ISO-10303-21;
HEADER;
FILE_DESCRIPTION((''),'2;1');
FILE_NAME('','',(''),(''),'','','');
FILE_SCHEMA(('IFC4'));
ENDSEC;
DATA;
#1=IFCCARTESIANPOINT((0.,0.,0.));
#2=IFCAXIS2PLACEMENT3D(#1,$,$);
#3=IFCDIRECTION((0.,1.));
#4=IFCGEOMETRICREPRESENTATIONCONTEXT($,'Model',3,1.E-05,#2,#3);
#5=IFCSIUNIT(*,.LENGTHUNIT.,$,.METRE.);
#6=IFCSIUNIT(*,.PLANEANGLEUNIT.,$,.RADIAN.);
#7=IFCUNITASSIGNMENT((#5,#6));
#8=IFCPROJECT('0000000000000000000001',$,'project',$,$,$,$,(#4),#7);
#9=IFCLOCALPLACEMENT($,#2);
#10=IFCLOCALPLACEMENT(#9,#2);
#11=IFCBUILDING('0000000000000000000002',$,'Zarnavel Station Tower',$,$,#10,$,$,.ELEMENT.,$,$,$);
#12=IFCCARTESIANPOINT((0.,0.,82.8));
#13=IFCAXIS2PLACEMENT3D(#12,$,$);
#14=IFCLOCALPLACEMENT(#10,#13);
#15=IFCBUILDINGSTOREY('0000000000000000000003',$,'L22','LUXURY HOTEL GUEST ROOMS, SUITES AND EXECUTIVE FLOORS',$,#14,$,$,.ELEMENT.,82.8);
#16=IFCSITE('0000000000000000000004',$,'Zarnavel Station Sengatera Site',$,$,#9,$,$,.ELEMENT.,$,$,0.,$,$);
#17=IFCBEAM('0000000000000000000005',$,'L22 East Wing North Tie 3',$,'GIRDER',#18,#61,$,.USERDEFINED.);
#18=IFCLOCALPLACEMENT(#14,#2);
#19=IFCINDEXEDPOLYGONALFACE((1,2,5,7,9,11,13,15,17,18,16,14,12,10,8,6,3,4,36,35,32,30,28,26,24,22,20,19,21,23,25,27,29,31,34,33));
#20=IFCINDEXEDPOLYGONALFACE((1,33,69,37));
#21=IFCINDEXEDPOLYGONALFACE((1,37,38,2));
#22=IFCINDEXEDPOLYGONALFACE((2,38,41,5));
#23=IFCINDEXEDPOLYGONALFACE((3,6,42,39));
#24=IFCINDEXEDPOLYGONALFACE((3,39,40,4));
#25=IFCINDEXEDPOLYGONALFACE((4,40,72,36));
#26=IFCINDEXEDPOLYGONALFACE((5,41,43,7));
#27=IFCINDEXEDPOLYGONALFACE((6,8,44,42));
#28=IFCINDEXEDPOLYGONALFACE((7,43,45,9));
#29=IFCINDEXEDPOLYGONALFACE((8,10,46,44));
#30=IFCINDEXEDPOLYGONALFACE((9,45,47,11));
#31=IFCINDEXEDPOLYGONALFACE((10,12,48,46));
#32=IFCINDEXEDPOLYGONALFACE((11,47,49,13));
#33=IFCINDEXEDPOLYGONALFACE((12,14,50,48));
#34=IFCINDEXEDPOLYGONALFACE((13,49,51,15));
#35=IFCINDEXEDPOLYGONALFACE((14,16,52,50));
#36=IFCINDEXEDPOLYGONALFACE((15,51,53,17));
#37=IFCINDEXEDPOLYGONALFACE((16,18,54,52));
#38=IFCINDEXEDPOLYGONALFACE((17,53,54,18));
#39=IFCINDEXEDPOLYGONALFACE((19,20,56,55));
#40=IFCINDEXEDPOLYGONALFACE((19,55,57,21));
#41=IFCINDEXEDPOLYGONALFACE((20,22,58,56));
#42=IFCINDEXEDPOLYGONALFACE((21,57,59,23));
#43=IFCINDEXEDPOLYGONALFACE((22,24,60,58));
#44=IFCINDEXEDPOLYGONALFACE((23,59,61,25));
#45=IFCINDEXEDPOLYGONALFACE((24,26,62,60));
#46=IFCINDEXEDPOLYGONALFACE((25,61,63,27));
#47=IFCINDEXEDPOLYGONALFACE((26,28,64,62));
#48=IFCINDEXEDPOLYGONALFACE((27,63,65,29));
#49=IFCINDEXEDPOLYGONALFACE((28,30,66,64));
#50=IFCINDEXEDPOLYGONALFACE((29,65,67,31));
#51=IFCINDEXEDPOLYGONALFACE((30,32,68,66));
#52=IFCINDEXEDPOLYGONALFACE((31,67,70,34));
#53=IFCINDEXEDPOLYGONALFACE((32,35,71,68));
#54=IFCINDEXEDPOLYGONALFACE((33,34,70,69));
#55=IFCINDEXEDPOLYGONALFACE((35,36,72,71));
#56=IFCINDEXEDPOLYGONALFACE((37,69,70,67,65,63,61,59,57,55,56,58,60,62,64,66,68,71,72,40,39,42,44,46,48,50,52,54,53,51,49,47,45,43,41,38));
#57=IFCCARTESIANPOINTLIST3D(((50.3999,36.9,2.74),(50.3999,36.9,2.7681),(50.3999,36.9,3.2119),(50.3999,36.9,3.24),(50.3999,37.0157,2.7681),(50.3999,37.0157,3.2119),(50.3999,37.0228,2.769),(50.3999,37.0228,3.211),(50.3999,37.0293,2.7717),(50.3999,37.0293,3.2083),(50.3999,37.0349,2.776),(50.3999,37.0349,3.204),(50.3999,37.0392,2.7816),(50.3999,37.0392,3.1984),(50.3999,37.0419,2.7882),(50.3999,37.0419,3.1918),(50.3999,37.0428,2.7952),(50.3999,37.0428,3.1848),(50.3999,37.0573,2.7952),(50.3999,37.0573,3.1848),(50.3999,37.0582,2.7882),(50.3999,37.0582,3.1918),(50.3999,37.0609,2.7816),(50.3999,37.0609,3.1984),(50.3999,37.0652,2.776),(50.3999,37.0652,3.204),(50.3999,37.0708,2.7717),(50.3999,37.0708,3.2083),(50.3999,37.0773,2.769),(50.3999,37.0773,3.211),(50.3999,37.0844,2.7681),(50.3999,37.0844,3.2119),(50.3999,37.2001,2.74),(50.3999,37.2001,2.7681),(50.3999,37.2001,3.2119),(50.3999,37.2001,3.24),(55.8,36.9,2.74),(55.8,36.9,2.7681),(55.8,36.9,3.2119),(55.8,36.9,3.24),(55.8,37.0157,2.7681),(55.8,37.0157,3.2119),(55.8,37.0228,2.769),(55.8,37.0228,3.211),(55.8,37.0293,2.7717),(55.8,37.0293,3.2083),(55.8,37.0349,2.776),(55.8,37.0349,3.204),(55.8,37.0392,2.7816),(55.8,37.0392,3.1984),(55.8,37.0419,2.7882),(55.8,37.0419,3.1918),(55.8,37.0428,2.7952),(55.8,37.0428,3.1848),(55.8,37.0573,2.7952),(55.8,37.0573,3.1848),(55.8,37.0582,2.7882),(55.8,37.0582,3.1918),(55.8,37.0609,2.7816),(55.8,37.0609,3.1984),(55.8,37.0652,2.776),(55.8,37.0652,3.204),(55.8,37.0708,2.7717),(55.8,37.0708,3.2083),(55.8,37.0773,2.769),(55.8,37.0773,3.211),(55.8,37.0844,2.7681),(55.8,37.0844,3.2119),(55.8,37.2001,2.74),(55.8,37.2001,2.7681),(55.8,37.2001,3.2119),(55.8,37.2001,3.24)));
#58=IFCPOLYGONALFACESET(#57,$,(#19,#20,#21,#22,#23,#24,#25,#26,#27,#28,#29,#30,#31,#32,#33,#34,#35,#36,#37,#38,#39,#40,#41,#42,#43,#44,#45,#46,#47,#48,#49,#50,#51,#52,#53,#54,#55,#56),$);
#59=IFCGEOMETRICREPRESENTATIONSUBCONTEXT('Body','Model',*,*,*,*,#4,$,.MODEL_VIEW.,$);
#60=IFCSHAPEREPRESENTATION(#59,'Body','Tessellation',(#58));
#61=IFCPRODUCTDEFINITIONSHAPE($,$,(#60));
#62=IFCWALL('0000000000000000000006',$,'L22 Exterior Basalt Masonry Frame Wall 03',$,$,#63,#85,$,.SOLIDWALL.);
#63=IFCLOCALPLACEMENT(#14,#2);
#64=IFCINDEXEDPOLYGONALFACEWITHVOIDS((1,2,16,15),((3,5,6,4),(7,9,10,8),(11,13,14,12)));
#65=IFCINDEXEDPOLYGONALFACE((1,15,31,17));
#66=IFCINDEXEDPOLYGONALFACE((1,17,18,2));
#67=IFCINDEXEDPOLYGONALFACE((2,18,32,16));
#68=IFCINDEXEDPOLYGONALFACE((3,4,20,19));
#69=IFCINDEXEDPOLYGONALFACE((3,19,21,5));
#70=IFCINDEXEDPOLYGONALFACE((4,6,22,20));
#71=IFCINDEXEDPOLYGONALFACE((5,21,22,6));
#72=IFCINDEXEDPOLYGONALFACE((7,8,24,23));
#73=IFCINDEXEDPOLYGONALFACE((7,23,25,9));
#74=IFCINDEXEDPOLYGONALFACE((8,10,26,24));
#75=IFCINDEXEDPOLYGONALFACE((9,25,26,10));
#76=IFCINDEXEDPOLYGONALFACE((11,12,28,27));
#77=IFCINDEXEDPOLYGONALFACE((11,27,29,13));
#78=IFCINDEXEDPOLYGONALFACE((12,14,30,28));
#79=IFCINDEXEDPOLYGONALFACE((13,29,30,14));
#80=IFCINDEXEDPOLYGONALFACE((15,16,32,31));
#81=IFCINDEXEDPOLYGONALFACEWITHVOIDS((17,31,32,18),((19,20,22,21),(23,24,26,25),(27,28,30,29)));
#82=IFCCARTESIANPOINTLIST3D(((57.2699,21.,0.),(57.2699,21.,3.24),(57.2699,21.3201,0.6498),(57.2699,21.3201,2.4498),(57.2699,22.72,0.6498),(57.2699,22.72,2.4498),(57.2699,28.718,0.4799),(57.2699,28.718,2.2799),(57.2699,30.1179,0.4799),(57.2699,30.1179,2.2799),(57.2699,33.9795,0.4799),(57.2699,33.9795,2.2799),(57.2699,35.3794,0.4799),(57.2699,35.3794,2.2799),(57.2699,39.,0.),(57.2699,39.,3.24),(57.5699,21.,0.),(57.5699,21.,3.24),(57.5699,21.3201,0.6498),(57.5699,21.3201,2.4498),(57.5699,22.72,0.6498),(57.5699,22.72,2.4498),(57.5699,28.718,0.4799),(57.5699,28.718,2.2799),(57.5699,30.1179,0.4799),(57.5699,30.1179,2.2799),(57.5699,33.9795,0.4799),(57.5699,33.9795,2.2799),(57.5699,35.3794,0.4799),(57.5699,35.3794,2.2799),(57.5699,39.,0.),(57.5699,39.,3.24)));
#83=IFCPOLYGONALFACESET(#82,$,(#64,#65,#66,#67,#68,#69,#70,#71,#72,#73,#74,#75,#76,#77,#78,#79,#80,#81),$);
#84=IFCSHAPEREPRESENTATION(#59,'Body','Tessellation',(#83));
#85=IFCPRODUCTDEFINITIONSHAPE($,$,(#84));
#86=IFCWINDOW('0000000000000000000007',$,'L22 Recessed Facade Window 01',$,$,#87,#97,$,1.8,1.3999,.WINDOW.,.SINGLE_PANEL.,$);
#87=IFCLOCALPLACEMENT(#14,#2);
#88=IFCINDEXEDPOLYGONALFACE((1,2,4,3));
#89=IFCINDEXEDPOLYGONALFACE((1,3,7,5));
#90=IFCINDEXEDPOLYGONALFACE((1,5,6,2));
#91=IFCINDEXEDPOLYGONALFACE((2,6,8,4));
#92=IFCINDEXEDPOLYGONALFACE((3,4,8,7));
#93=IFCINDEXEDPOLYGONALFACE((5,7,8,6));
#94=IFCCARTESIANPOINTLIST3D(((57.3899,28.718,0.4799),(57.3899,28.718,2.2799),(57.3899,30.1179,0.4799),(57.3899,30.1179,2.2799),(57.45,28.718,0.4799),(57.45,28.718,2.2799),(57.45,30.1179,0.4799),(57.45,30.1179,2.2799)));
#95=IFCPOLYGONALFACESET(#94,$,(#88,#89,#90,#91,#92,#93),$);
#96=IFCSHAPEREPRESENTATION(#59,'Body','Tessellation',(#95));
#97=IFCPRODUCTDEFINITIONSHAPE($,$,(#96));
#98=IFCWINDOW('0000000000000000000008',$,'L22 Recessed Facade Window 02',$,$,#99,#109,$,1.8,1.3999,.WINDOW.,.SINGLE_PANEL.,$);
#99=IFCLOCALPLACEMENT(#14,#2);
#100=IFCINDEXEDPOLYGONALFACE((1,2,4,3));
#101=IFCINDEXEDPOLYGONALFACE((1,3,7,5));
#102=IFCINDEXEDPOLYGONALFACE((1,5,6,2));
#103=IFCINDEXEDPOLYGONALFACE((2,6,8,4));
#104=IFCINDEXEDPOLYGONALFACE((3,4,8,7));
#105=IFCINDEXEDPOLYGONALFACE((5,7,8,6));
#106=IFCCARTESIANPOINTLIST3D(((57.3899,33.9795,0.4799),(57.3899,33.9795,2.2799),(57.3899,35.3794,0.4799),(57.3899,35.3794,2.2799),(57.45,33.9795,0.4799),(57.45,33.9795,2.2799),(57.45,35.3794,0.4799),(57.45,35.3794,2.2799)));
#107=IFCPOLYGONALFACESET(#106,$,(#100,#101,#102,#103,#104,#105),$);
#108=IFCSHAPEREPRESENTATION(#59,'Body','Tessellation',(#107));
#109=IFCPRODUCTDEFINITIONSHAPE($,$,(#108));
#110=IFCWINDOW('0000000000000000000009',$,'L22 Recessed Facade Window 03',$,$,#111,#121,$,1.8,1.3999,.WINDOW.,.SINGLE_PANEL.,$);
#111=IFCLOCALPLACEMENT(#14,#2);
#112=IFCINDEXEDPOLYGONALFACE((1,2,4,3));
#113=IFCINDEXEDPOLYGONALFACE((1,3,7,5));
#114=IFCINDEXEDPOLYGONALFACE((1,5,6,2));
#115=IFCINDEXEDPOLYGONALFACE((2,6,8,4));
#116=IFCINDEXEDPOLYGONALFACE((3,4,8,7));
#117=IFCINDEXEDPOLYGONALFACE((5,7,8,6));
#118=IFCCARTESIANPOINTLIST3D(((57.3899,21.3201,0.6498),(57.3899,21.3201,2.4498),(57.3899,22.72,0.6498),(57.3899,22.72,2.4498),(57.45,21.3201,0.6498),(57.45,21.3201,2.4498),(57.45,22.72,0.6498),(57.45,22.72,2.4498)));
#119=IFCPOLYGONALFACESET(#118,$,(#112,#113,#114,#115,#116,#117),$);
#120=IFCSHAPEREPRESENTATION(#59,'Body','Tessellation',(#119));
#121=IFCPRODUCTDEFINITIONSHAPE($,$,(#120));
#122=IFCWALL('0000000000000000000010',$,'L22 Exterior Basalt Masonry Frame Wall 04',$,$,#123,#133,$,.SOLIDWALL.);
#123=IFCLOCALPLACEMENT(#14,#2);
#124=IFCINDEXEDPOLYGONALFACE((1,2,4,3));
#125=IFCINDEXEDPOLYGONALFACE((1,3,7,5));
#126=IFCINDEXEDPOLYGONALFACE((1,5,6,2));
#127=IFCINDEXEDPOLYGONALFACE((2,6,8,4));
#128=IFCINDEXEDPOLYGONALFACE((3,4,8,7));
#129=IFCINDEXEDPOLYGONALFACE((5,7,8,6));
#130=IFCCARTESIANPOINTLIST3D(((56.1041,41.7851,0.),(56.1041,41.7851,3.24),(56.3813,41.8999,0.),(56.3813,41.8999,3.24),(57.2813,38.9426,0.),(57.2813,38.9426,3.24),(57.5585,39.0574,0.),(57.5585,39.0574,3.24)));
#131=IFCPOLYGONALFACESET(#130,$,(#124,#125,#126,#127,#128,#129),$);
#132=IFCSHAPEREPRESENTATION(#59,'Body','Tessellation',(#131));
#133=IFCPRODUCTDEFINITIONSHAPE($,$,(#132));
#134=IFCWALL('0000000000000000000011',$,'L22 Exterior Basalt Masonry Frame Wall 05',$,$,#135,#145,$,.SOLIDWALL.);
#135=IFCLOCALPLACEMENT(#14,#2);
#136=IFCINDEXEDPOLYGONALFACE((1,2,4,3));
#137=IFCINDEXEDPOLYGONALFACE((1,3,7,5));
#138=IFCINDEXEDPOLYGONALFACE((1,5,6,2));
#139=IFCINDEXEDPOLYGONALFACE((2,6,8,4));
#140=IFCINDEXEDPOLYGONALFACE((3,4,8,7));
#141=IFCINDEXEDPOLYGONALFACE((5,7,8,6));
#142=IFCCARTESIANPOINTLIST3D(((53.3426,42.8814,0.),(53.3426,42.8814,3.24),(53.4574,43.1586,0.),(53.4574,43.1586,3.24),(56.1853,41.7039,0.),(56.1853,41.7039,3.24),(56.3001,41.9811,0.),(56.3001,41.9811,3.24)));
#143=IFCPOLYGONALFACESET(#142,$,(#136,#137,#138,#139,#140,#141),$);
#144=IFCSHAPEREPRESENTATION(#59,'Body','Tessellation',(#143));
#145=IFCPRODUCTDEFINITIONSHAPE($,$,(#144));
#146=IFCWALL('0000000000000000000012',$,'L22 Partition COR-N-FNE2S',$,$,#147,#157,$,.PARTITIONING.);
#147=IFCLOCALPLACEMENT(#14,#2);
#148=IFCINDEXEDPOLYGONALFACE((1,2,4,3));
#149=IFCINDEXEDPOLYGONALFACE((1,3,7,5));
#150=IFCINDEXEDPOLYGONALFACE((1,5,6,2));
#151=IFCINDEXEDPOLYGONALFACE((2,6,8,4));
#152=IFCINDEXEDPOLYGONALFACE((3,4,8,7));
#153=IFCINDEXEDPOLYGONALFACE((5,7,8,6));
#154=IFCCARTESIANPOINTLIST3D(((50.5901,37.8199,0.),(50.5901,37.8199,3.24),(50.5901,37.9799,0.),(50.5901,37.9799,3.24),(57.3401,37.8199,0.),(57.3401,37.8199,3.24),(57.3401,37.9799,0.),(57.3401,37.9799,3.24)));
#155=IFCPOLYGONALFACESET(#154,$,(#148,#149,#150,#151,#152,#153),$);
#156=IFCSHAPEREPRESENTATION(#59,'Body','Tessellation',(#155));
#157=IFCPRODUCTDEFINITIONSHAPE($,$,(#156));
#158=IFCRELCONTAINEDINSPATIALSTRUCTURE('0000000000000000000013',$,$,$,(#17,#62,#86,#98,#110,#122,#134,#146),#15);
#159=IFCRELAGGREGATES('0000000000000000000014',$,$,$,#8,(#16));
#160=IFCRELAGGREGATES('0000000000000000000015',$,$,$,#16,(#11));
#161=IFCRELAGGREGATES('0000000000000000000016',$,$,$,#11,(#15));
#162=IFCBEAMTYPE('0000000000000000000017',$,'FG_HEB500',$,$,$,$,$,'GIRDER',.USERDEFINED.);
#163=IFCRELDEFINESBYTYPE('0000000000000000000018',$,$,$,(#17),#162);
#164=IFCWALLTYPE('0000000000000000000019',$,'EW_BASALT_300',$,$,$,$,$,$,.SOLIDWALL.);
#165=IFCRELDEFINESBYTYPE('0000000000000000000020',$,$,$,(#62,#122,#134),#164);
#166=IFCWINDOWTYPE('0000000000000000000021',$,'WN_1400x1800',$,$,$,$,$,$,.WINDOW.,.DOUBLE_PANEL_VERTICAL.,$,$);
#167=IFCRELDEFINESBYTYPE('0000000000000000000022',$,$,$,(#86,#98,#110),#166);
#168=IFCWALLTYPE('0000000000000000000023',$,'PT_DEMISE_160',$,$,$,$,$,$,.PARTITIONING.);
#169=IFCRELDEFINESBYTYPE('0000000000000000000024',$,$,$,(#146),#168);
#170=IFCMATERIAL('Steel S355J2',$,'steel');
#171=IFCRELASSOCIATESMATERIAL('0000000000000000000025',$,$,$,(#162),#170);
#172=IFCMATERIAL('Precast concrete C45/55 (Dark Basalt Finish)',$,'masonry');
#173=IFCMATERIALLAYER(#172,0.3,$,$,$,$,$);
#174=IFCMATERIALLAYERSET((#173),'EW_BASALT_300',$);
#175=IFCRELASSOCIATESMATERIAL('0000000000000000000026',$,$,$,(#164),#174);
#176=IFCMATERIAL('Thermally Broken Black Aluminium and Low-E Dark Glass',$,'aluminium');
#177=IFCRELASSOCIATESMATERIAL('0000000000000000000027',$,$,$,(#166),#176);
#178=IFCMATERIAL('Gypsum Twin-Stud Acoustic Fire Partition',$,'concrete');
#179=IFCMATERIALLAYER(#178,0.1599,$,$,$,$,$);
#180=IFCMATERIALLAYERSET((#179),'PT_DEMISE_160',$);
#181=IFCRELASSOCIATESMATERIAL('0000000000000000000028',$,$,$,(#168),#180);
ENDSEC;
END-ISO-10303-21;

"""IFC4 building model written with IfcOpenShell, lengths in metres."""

from ifc_helpers import new_model, si_unit, direction, frame, frame_2d, origin, origin_2d, place, context, subcontext, project, spatial, rectangle, i_section, extrude, material, layer, layer_set, material_profile, profile_set, type_object, element, fill, save


model = new_model("IFC4")

# Units and contexts
model_context = context("Model", 3, precision=1e-05, world=origin(), true_north=direction((0.0, 1.0)))
body_context = subcontext(model_context, "Body", "Model", "MODEL_VIEW")
ifc_project = project(units=[si_unit("LENGTHUNIT", "METRE"), si_unit("PLANEANGLEUNIT", "RADIAN")], contexts=[model_context])

# Site, building, storey
site_placement = place(None, origin())
site = spatial("IfcSite", under=ifc_project, at=site_placement, Name="Zarnavel Station Sengatera Site", CompositionType="ELEMENT", RefElevation=0.0)
building_placement = place(site_placement, origin())
building = spatial("IfcBuilding", under=site, at=building_placement, Name="Zarnavel Station Tower", CompositionType="ELEMENT")
storey_placement = place(building_placement, frame((0.0, 0.0, 82.8)))
storey = spatial("IfcBuildingStorey", under=building, at=storey_placement, Name="L22", Description="LUXURY HOTEL GUEST ROOMS, SUITES AND EXECUTIVE FLOORS", CompositionType="ELEMENT", Elevation=82.8)

# Beam
ifc_material_1 = material(Name="Steel S355J2", Category="steel")
ifc_material_profile_1 = material_profile(ifc_material_1, i_section(OverallWidth=0.3, OverallDepth=0.5, WebThickness=0.0144, FlangeThickness=0.0281, FilletRadius=0.0271, at=origin_2d()), Name="HEB500")
ifc_profile_set_1 = profile_set([ifc_material_profile_1], Name="Steel S355J2")
beam_type = type_object("IfcBeamType", Name="FG_HEB500", ElementType="GIRDER", PredefinedType="USERDEFINED", material=ifc_profile_set_1)
beam_1_placement = place(storey_placement, frame((50.3999, 37.05, 2.99), z_axis=(1.0, 0.0, 0.0), x_axis=(0.0, 1.0, 0.0)))
element("IfcBeam", 1, at=beam_1_placement, inside=storey, type_object=beam_type, Name="L22 East Wing North Tie 3", ObjectType="GIRDER", PredefinedType="USERDEFINED", context=body_context, shape_type="SweptSolid", body=[
    extrude(i_section(OverallWidth=0.3, OverallDepth=0.5, WebThickness=0.0144, FlangeThickness=0.0281, FilletRadius=0.0271, at=origin_2d()), origin(), (0.0, 0.0, 1.0), 5.4001),
])

# Wall, openings, windows
ifc_material_2 = material(Name="Precast concrete C45/55 (Dark Basalt Finish)", Category="masonry")
ifc_layer_1 = layer(ifc_material_2, 0.3)
ifc_layer_set_1 = layer_set([ifc_layer_1], Name="EW_BASALT_300")
wall_type_1 = type_object("IfcWallType", Name="EW_BASALT_300", PredefinedType="SOLIDWALL", material=ifc_layer_set_1)
wall_1_placement = place(storey_placement, frame((57.4199, 39.0, 0.0), z_axis=(0.0, 0.0, 1.0), x_axis=(0.0, -1.0, 0.0)))
wall_1 = element("IfcWall", 2, at=wall_1_placement, inside=storey, type_object=wall_type_1, Name="L22 Exterior Basalt Masonry Frame Wall 03", PredefinedType="SOLIDWALL", context=body_context, shape_type="SweptSolid", body=[
    extrude(rectangle(XDim=18.0, YDim=0.3, at=frame_2d((9.0, 0.0))), origin(), (0.0, 0.0, 1.0), 3.24),
])
opening_1_placement = place(wall_1_placement, frame((8.8821, 0.0, 0.48)))
opening_1 = element("IfcOpeningElement", 3, at=opening_1_placement, cuts=wall_1, PredefinedType="OPENING", context=body_context, shape_type="SweptSolid", body=[
    extrude(rectangle(XDim=1.3999, YDim=1.8, at=frame_2d((0.7, 0.8999))), frame((0.0, 0.1599, 0.0), z_axis=(0.0, -1.0, 0.0), x_axis=(1.0, 0.0, 0.0)), (0.0, 0.0, 1.0), 0.3201),
])
opening_2_placement = place(wall_1_placement, frame((3.6206, 0.0, 0.48)))
opening_2 = element("IfcOpeningElement", 4, at=opening_2_placement, cuts=wall_1, PredefinedType="OPENING", context=body_context, shape_type="SweptSolid", body=[
    extrude(rectangle(XDim=1.3999, YDim=1.8, at=frame_2d((0.7, 0.8999))), frame((0.0, 0.1599, 0.0), z_axis=(0.0, -1.0, 0.0), x_axis=(1.0, 0.0, 0.0)), (0.0, 0.0, 1.0), 0.3201),
])
opening_3_placement = place(wall_1_placement, frame((16.28, 0.0, 0.6499)))
opening_3 = element("IfcOpeningElement", 5, at=opening_3_placement, cuts=wall_1, PredefinedType="OPENING", context=body_context, shape_type="SweptSolid", body=[
    extrude(rectangle(XDim=1.3999, YDim=1.8, at=frame_2d((0.7, 0.8999))), frame((0.0, 0.1599, 0.0), z_axis=(0.0, -1.0, 0.0), x_axis=(1.0, 0.0, 0.0)), (0.0, 0.0, 1.0), 0.3201),
])
ifc_material_3 = material(Name="Thermally Broken Black Aluminium and Low-E Dark Glass", Category="aluminium")
window_type = type_object("IfcWindowType", Name="WN_1400x1800", PartitioningType="DOUBLE_PANEL_VERTICAL", PredefinedType="WINDOW", material=ifc_material_3)
window_1_placement = place(opening_1_placement, origin())
window_1 = element("IfcWindow", 6, at=window_1_placement, inside=storey, type_object=window_type, Name="L22 Recessed Facade Window 01", OverallHeight=1.8, OverallWidth=1.3999, PartitioningType="SINGLE_PANEL", PredefinedType="WINDOW", context=body_context, shape_type="SweptSolid", body=[
    extrude(rectangle(XDim=1.3999, YDim=1.8, at=frame_2d((0.7, 0.8999))), frame((0.0, 0.03, 0.0), z_axis=(0.0, -1.0, 0.0), x_axis=(1.0, 0.0, 0.0)), (0.0, 0.0, 1.0), 0.0601),
])
fill(opening_1, window_1)
window_2_placement = place(opening_2_placement, origin())
window_2 = element("IfcWindow", 7, at=window_2_placement, inside=storey, type_object=window_type, Name="L22 Recessed Facade Window 02", OverallHeight=1.8, OverallWidth=1.3999, PartitioningType="SINGLE_PANEL", PredefinedType="WINDOW", context=body_context, shape_type="SweptSolid", body=[
    extrude(rectangle(XDim=1.3999, YDim=1.8, at=frame_2d((0.7, 0.8999))), frame((0.0, 0.03, 0.0), z_axis=(0.0, -1.0, 0.0), x_axis=(1.0, 0.0, 0.0)), (0.0, 0.0, 1.0), 0.0601),
])
fill(opening_2, window_2)
window_3_placement = place(opening_3_placement, origin())
window_3 = element("IfcWindow", 8, at=window_3_placement, inside=storey, type_object=window_type, Name="L22 Recessed Facade Window 03", OverallHeight=1.8, OverallWidth=1.3999, PartitioningType="SINGLE_PANEL", PredefinedType="WINDOW", context=body_context, shape_type="SweptSolid", body=[
    extrude(rectangle(XDim=1.3999, YDim=1.8, at=frame_2d((0.7, 0.8999))), frame((0.0, 0.03, 0.0), z_axis=(0.0, -1.0, 0.0), x_axis=(1.0, 0.0, 0.0)), (0.0, 0.0, 1.0), 0.0601),
])
fill(opening_3, window_3)

# Walls
wall_2_placement = place(storey_placement, frame((56.2427, 41.8425, 0.0), z_axis=(0.0, 0.0, 1.0), x_axis=(0.382637, -0.923899, 0.0)))
element("IfcWall", 9, at=wall_2_placement, inside=storey, type_object=wall_type_1, Name="L22 Exterior Basalt Masonry Frame Wall 04", PredefinedType="SOLIDWALL", context=body_context, shape_type="SweptSolid", body=[
    extrude(rectangle(XDim=3.0767, YDim=0.3, at=frame_2d((1.5383, 0.0))), origin(), (0.0, 0.0, 1.0), 3.24),
])
wall_3_placement = place(storey_placement, frame((53.3999, 43.02, 0.0), z_axis=(0.0, 0.0, 1.0), x_axis=(0.923882, -0.382676, 0.0)))
element("IfcWall", 10, at=wall_3_placement, inside=storey, type_object=wall_type_1, Name="L22 Exterior Basalt Masonry Frame Wall 05", PredefinedType="SOLIDWALL", context=body_context, shape_type="SweptSolid", body=[
    extrude(rectangle(XDim=3.0769, YDim=0.3, at=frame_2d((1.5386, 0.0))), origin(), (0.0, 0.0, 1.0), 3.24),
])
ifc_material_4 = material(Name="Gypsum Twin-Stud Acoustic Fire Partition", Category="concrete")
ifc_layer_2 = layer(ifc_material_4, 0.1599)
ifc_layer_set_2 = layer_set([ifc_layer_2], Name="PT_DEMISE_160")
wall_type_2 = type_object("IfcWallType", Name="PT_DEMISE_160", PredefinedType="PARTITIONING", material=ifc_layer_set_2)
wall_4_placement = place(storey_placement, frame((50.5901, 37.8999, 0.0), z_axis=(0.0, 0.0, 1.0), x_axis=(1.0, 0.0, 0.0)))
element("IfcWall", 11, at=wall_4_placement, inside=storey, type_object=wall_type_2, Name="L22 Partition COR-N-FNE2S", PredefinedType="PARTITIONING", context=body_context, shape_type="SweptSolid", body=[
    extrude(rectangle(XDim=6.75, YDim=0.1599, at=frame_2d((3.375, 0.0))), origin(), (0.0, 0.0, 1.0), 3.24),
])

save(model, "model.ifc")
